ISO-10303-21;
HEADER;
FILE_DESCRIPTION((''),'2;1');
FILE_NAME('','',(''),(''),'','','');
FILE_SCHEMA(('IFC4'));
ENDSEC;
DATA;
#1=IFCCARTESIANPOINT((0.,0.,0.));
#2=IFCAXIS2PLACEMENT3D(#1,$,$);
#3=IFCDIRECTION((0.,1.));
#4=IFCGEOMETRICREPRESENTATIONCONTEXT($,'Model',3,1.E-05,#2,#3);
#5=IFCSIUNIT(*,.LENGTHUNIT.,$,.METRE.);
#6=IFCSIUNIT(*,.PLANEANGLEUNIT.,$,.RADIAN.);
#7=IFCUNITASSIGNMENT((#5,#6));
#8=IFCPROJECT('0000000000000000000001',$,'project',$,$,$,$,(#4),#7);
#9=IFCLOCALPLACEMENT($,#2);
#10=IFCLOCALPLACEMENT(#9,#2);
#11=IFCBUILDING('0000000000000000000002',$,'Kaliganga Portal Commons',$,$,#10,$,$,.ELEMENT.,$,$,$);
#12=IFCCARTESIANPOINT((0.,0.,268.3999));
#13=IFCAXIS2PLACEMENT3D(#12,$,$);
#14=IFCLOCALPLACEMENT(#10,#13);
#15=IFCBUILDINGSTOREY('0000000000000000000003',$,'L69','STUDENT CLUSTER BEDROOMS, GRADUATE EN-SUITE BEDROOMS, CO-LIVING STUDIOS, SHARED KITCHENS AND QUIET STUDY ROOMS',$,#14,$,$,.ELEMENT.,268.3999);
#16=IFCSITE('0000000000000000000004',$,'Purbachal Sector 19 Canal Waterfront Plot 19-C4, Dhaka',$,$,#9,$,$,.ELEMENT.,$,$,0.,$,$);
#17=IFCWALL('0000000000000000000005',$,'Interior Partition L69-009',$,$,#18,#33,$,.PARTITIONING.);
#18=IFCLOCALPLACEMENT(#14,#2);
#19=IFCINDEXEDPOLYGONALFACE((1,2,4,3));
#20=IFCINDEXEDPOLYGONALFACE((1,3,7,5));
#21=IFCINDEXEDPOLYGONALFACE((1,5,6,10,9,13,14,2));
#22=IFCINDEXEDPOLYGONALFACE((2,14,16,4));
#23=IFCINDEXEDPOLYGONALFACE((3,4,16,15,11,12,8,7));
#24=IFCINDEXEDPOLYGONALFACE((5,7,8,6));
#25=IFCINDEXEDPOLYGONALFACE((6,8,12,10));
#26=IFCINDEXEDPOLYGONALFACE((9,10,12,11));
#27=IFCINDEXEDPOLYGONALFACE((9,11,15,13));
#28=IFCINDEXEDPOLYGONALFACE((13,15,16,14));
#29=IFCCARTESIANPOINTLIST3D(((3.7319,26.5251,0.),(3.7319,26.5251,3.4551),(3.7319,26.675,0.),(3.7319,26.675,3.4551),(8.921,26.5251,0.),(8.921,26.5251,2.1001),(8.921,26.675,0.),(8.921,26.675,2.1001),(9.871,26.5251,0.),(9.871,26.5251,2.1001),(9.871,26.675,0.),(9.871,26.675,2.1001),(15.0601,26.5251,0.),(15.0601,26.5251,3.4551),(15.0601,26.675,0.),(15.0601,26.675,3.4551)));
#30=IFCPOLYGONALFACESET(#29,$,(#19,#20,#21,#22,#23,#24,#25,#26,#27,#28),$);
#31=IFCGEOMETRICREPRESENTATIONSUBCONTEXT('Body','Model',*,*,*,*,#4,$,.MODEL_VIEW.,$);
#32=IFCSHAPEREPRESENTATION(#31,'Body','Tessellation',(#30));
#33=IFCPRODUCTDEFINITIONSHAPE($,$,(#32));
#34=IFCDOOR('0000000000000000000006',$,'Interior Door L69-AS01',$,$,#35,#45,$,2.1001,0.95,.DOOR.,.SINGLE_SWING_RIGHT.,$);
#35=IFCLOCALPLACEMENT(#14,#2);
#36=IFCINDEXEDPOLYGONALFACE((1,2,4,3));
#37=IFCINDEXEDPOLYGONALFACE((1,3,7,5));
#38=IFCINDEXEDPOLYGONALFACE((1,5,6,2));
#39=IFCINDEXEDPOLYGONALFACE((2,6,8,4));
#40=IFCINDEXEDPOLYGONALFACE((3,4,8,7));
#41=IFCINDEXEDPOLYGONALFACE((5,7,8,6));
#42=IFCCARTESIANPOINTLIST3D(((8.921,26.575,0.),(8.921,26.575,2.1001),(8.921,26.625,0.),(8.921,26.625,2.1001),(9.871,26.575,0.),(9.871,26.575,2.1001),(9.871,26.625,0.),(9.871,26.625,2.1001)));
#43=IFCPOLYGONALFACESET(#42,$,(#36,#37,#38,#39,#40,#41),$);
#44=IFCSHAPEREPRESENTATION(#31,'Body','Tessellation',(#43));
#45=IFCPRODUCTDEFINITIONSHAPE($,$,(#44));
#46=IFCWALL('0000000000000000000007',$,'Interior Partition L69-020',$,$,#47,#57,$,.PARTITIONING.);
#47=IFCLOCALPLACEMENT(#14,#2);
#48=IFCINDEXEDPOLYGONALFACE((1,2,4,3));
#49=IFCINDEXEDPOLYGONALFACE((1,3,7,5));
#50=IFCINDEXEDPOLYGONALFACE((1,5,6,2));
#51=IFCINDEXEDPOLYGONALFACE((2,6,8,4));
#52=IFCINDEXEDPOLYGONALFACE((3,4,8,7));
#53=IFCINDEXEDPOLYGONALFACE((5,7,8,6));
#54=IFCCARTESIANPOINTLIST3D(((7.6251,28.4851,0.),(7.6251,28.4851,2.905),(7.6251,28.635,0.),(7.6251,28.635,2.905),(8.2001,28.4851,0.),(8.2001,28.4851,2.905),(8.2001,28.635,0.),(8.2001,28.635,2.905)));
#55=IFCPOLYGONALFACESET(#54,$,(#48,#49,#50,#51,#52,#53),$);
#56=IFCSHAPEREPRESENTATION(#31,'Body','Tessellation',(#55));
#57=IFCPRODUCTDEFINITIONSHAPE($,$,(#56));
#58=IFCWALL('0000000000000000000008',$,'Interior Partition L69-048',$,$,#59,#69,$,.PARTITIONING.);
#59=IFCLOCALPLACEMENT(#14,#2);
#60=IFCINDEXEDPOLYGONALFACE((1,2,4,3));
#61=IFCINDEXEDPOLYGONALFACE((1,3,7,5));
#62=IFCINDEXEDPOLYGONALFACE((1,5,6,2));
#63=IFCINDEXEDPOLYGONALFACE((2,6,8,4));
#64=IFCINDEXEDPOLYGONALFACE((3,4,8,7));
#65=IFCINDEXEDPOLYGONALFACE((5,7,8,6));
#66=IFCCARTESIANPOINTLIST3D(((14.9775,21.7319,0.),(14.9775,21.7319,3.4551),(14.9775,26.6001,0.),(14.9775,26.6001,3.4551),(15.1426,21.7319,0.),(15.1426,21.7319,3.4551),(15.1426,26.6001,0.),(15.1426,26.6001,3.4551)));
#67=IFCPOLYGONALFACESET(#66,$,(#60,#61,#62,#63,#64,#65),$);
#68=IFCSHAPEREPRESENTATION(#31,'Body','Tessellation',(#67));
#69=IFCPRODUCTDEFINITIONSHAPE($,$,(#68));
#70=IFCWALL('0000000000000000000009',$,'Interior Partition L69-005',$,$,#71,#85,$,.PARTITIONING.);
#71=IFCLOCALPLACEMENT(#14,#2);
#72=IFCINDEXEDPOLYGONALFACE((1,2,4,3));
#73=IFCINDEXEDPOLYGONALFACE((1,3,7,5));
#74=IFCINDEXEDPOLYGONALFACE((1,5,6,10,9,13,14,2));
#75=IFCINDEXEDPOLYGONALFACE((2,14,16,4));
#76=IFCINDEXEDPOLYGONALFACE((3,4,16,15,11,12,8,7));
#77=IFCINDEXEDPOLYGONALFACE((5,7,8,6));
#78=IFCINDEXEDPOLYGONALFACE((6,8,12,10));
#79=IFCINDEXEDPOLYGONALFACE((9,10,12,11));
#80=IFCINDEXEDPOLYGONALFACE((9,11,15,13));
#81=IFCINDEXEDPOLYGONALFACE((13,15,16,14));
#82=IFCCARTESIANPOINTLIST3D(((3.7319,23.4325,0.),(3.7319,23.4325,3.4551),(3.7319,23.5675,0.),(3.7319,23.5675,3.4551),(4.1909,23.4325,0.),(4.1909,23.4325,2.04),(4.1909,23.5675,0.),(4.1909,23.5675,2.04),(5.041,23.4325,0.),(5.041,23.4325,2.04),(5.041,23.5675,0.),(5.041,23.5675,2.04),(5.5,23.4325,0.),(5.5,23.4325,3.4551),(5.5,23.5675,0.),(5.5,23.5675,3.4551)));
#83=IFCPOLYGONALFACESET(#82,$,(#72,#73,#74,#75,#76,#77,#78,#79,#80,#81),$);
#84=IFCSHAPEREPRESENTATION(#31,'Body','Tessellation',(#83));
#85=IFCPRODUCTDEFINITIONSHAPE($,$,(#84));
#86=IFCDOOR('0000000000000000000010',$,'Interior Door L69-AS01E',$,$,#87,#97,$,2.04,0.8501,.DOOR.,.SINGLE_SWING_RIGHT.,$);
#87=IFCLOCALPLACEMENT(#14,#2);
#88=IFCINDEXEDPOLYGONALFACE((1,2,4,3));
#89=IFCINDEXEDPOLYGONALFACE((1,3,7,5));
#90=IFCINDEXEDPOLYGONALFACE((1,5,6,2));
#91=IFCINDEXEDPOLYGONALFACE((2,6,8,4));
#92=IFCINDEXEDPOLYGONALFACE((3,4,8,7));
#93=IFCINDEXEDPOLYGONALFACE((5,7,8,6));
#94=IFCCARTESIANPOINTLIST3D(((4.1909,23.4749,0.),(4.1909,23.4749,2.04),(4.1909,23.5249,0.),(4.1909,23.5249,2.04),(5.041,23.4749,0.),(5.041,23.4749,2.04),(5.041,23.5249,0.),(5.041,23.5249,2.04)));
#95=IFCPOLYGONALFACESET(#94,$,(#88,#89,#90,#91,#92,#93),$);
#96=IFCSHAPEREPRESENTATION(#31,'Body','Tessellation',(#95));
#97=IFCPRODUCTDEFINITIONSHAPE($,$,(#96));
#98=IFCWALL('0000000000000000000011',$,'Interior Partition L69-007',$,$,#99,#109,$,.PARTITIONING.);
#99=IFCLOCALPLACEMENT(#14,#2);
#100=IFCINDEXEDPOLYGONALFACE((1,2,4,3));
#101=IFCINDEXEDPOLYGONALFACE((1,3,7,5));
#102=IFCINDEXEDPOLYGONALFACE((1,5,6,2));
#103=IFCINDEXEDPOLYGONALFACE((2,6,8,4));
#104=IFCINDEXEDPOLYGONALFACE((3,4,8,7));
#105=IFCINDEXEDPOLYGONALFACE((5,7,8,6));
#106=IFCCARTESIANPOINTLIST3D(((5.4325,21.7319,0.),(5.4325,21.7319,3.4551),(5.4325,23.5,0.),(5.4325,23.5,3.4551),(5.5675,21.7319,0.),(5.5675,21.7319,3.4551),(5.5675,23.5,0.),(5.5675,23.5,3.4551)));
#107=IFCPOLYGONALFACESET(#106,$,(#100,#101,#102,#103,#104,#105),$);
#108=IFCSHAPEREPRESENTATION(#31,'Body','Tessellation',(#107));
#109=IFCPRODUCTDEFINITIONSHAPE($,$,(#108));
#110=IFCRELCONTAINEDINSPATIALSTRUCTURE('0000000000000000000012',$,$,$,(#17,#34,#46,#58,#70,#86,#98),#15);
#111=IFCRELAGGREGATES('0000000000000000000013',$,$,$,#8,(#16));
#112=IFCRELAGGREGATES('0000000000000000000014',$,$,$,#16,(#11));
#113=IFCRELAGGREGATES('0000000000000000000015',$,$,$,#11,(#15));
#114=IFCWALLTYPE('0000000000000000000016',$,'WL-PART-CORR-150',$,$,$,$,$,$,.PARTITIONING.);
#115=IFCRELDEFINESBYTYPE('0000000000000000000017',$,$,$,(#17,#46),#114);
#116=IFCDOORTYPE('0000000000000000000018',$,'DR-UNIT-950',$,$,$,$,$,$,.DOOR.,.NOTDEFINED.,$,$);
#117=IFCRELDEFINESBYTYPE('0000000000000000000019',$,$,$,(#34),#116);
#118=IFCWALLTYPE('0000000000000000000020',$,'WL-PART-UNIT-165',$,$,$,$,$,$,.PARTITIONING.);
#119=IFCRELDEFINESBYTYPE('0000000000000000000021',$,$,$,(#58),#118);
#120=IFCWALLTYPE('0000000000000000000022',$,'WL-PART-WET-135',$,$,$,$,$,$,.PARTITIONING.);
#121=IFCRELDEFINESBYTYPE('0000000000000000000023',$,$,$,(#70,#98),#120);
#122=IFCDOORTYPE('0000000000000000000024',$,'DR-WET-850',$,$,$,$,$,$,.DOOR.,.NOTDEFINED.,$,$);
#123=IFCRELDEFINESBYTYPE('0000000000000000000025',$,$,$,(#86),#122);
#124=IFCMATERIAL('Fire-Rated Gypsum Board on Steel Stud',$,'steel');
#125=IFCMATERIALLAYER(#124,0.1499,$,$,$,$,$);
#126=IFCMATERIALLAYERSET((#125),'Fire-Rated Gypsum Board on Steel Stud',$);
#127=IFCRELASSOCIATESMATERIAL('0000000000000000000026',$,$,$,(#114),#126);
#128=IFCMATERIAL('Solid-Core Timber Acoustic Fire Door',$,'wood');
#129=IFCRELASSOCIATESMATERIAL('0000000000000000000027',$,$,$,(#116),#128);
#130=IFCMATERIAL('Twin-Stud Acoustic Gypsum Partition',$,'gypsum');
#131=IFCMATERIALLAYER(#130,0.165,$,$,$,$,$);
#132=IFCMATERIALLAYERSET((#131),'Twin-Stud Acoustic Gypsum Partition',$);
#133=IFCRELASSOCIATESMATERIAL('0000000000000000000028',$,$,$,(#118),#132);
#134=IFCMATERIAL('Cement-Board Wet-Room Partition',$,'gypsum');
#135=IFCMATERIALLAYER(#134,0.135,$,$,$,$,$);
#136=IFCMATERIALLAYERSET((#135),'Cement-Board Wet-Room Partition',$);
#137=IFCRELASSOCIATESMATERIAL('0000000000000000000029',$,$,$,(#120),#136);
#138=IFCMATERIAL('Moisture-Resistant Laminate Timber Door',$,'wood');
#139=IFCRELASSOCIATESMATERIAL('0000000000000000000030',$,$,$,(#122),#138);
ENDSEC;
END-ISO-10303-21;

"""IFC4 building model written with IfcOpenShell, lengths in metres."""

from ifc_helpers import new_model, si_unit, direction, frame, frame_2d, origin, place, context, subcontext, project, spatial, rectangle, extrude, material, layer, layer_set, type_object, element, fill, save


model = new_model("IFC4")

# Units and contexts
model_context = context("Model", 3, precision=1e-05, world=origin(), true_north=direction((0.0, 1.0)))
body_context = subcontext(model_context, "Body", "Model", "MODEL_VIEW")
ifc_project = project(units=[si_unit("LENGTHUNIT", "METRE"), si_unit("PLANEANGLEUNIT", "RADIAN")], contexts=[model_context])

# Site, building, storey
site_placement = place(None, origin())
site = spatial("IfcSite", under=ifc_project, at=site_placement, Name="Purbachal Sector 19 Canal Waterfront Plot 19-C4, Dhaka", CompositionType="ELEMENT", RefElevation=0.0)
building_placement = place(site_placement, origin())
building = spatial("IfcBuilding", under=site, at=building_placement, Name="Kaliganga Portal Commons", CompositionType="ELEMENT")
storey_placement = place(building_placement, frame((0.0, 0.0, 268.3999)))
storey = spatial("IfcBuildingStorey", under=building, at=storey_placement, Name="L69", Description="STUDENT CLUSTER BEDROOMS, GRADUATE EN-SUITE BEDROOMS, CO-LIVING STUDIOS, SHARED KITCHENS AND QUIET STUDY ROOMS", CompositionType="ELEMENT", Elevation=268.3999)

# Wall, opening, door
ifc_material_1 = material(Name="Fire-Rated Gypsum Board on Steel Stud", Category="steel")
ifc_layer_1 = layer(ifc_material_1, 0.1499)
ifc_layer_set_1 = layer_set([ifc_layer_1], Name="Fire-Rated Gypsum Board on Steel Stud")
wall_type_1 = type_object("IfcWallType", Name="WL-PART-CORR-150", PredefinedType="PARTITIONING", material=ifc_layer_set_1)
ifc_material_2 = material(Name="Solid-Core Timber Acoustic Fire Door", Category="wood")
door_type_1 = type_object("IfcDoorType", Name="DR-UNIT-950", OperationType="NOTDEFINED", PredefinedType="DOOR", material=ifc_material_2)
wall_1_placement = place(storey_placement, frame((3.7319, 26.6001, 0.0), z_axis=(0.0, 0.0, 1.0), x_axis=(1.0, 0.0, 0.0)))
wall_1 = element("IfcWall", 1, at=wall_1_placement, inside=storey, type_object=wall_type_1, Name="Interior Partition L69-009", PredefinedType="PARTITIONING", context=body_context, shape_type="SweptSolid", body=[
    extrude(rectangle(XDim=11.3281, YDim=0.1499, at=frame_2d((5.6641, 0.0))), origin(), (0.0, 0.0, 1.0), 3.4551),
])
opening_1_placement = place(wall_1_placement, frame((5.189, 0.0, 0.0)))
opening_1 = element("IfcOpeningElement", 2, at=opening_1_placement, cuts=wall_1, PredefinedType="OPENING", context=body_context, shape_type="SweptSolid", body=[
    extrude(rectangle(XDim=0.95, YDim=2.1001, at=frame_2d((0.4751, 1.05))), frame((0.0, 0.085, 0.0), z_axis=(0.0, -1.0, 0.0), x_axis=(1.0, 0.0, 0.0)), (0.0, 0.0, 1.0), 0.1699),
])
door_1_placement = place(opening_1_placement, origin())
door_1 = element("IfcDoor", 3, at=door_1_placement, inside=storey, type_object=door_type_1, Name="Interior Door L69-AS01", OperationType="SINGLE_SWING_RIGHT", OverallHeight=2.1001, OverallWidth=0.95, PredefinedType="DOOR", context=body_context, shape_type="SweptSolid", body=[
    extrude(rectangle(XDim=0.95, YDim=2.1001, at=frame_2d((0.4751, 1.05))), frame((0.0, 0.0249, 0.0), z_axis=(0.0, -1.0, 0.0), x_axis=(1.0, 0.0, 0.0)), (0.0, 0.0, 1.0), 0.05),
])
fill(opening_1, door_1)

# Walls
wall_2_placement = place(storey_placement, frame((7.625, 28.5601, 0.0), z_axis=(0.0, 0.0, 1.0), x_axis=(1.0, 0.0, 0.0)))
element("IfcWall", 4, at=wall_2_placement, inside=storey, type_object=wall_type_1, Name="Interior Partition L69-020", PredefinedType="PARTITIONING", context=body_context, shape_type="SweptSolid", body=[
    extrude(rectangle(XDim=0.575, YDim=0.1499, at=frame_2d((0.2876, 0.0))), origin(), (0.0, 0.0, 1.0), 2.905),
])
ifc_material_3 = material(Name="Twin-Stud Acoustic Gypsum Partition", Category="gypsum")
ifc_layer_2 = layer(ifc_material_3, 0.165)
ifc_layer_set_2 = layer_set([ifc_layer_2], Name="Twin-Stud Acoustic Gypsum Partition")
wall_type_2 = type_object("IfcWallType", Name="WL-PART-UNIT-165", PredefinedType="PARTITIONING", material=ifc_layer_set_2)
wall_3_placement = place(storey_placement, frame((15.0601, 21.7319, 0.0), z_axis=(0.0, 0.0, 1.0), x_axis=(0.0, 1.0, 0.0)))
element("IfcWall", 5, at=wall_3_placement, inside=storey, type_object=wall_type_2, Name="Interior Partition L69-048", PredefinedType="PARTITIONING", context=body_context, shape_type="SweptSolid", body=[
    extrude(rectangle(XDim=4.8682, YDim=0.165, at=frame_2d((2.4341, 0.0))), origin(), (0.0, 0.0, 1.0), 3.4551),
])

# Wall, opening, door
ifc_material_4 = material(Name="Cement-Board Wet-Room Partition", Category="gypsum")
ifc_layer_3 = layer(ifc_material_4, 0.135)
ifc_layer_set_3 = layer_set([ifc_layer_3], Name="Cement-Board Wet-Room Partition")
wall_type_3 = type_object("IfcWallType", Name="WL-PART-WET-135", PredefinedType="PARTITIONING", material=ifc_layer_set_3)
wall_4_placement = place(storey_placement, frame((3.7319, 23.5, 0.0), z_axis=(0.0, 0.0, 1.0), x_axis=(1.0, 0.0, 0.0)))
wall_4 = element("IfcWall", 6, at=wall_4_placement, inside=storey, type_object=wall_type_3, Name="Interior Partition L69-005", PredefinedType="PARTITIONING", context=body_context, shape_type="SweptSolid", body=[
    extrude(rectangle(XDim=1.7681, YDim=0.135, at=frame_2d((0.884, 0.0))), origin(), (0.0, 0.0, 1.0), 3.4551),
])
opening_2_placement = place(wall_4_placement, frame((0.459, 0.0, 0.0)))
opening_2 = element("IfcOpeningElement", 7, at=opening_2_placement, cuts=wall_4, PredefinedType="OPENING", context=body_context, shape_type="SweptSolid", body=[
    extrude(rectangle(XDim=0.8501, YDim=2.04, at=frame_2d((0.425, 1.02))), frame((0.0, 0.0776, 0.0), z_axis=(0.0, -1.0, 0.0), x_axis=(1.0, 0.0, 0.0)), (0.0, 0.0, 1.0), 0.155),
])
ifc_material_5 = material(Name="Moisture-Resistant Laminate Timber Door", Category="wood")
door_type_2 = type_object("IfcDoorType", Name="DR-WET-850", OperationType="NOTDEFINED", PredefinedType="DOOR", material=ifc_material_5)
door_2_placement = place(opening_2_placement, origin())
door_2 = element("IfcDoor", 8, at=door_2_placement, inside=storey, type_object=door_type_2, Name="Interior Door L69-AS01E", OperationType="SINGLE_SWING_RIGHT", OverallHeight=2.04, OverallWidth=0.8501, PredefinedType="DOOR", context=body_context, shape_type="SweptSolid", body=[
    extrude(rectangle(XDim=0.8501, YDim=2.04, at=frame_2d((0.425, 1.02))), frame((0.0, 0.0249, 0.0), z_axis=(0.0, -1.0, 0.0), x_axis=(1.0, 0.0, 0.0)), (0.0, 0.0, 1.0), 0.05),
])
fill(opening_2, door_2)

# Wall
wall_5_placement = place(storey_placement, frame((5.5, 21.7319, 0.0), z_axis=(0.0, 0.0, 1.0), x_axis=(0.0, 1.0, 0.0)))
element("IfcWall", 9, at=wall_5_placement, inside=storey, type_object=wall_type_3, Name="Interior Partition L69-007", PredefinedType="PARTITIONING", context=body_context, shape_type="SweptSolid", body=[
    extrude(rectangle(XDim=1.7681, YDim=0.135, at=frame_2d((0.884, 0.0))), origin(), (0.0, 0.0, 1.0), 3.4551),
])

save(model, "model.ifc")
